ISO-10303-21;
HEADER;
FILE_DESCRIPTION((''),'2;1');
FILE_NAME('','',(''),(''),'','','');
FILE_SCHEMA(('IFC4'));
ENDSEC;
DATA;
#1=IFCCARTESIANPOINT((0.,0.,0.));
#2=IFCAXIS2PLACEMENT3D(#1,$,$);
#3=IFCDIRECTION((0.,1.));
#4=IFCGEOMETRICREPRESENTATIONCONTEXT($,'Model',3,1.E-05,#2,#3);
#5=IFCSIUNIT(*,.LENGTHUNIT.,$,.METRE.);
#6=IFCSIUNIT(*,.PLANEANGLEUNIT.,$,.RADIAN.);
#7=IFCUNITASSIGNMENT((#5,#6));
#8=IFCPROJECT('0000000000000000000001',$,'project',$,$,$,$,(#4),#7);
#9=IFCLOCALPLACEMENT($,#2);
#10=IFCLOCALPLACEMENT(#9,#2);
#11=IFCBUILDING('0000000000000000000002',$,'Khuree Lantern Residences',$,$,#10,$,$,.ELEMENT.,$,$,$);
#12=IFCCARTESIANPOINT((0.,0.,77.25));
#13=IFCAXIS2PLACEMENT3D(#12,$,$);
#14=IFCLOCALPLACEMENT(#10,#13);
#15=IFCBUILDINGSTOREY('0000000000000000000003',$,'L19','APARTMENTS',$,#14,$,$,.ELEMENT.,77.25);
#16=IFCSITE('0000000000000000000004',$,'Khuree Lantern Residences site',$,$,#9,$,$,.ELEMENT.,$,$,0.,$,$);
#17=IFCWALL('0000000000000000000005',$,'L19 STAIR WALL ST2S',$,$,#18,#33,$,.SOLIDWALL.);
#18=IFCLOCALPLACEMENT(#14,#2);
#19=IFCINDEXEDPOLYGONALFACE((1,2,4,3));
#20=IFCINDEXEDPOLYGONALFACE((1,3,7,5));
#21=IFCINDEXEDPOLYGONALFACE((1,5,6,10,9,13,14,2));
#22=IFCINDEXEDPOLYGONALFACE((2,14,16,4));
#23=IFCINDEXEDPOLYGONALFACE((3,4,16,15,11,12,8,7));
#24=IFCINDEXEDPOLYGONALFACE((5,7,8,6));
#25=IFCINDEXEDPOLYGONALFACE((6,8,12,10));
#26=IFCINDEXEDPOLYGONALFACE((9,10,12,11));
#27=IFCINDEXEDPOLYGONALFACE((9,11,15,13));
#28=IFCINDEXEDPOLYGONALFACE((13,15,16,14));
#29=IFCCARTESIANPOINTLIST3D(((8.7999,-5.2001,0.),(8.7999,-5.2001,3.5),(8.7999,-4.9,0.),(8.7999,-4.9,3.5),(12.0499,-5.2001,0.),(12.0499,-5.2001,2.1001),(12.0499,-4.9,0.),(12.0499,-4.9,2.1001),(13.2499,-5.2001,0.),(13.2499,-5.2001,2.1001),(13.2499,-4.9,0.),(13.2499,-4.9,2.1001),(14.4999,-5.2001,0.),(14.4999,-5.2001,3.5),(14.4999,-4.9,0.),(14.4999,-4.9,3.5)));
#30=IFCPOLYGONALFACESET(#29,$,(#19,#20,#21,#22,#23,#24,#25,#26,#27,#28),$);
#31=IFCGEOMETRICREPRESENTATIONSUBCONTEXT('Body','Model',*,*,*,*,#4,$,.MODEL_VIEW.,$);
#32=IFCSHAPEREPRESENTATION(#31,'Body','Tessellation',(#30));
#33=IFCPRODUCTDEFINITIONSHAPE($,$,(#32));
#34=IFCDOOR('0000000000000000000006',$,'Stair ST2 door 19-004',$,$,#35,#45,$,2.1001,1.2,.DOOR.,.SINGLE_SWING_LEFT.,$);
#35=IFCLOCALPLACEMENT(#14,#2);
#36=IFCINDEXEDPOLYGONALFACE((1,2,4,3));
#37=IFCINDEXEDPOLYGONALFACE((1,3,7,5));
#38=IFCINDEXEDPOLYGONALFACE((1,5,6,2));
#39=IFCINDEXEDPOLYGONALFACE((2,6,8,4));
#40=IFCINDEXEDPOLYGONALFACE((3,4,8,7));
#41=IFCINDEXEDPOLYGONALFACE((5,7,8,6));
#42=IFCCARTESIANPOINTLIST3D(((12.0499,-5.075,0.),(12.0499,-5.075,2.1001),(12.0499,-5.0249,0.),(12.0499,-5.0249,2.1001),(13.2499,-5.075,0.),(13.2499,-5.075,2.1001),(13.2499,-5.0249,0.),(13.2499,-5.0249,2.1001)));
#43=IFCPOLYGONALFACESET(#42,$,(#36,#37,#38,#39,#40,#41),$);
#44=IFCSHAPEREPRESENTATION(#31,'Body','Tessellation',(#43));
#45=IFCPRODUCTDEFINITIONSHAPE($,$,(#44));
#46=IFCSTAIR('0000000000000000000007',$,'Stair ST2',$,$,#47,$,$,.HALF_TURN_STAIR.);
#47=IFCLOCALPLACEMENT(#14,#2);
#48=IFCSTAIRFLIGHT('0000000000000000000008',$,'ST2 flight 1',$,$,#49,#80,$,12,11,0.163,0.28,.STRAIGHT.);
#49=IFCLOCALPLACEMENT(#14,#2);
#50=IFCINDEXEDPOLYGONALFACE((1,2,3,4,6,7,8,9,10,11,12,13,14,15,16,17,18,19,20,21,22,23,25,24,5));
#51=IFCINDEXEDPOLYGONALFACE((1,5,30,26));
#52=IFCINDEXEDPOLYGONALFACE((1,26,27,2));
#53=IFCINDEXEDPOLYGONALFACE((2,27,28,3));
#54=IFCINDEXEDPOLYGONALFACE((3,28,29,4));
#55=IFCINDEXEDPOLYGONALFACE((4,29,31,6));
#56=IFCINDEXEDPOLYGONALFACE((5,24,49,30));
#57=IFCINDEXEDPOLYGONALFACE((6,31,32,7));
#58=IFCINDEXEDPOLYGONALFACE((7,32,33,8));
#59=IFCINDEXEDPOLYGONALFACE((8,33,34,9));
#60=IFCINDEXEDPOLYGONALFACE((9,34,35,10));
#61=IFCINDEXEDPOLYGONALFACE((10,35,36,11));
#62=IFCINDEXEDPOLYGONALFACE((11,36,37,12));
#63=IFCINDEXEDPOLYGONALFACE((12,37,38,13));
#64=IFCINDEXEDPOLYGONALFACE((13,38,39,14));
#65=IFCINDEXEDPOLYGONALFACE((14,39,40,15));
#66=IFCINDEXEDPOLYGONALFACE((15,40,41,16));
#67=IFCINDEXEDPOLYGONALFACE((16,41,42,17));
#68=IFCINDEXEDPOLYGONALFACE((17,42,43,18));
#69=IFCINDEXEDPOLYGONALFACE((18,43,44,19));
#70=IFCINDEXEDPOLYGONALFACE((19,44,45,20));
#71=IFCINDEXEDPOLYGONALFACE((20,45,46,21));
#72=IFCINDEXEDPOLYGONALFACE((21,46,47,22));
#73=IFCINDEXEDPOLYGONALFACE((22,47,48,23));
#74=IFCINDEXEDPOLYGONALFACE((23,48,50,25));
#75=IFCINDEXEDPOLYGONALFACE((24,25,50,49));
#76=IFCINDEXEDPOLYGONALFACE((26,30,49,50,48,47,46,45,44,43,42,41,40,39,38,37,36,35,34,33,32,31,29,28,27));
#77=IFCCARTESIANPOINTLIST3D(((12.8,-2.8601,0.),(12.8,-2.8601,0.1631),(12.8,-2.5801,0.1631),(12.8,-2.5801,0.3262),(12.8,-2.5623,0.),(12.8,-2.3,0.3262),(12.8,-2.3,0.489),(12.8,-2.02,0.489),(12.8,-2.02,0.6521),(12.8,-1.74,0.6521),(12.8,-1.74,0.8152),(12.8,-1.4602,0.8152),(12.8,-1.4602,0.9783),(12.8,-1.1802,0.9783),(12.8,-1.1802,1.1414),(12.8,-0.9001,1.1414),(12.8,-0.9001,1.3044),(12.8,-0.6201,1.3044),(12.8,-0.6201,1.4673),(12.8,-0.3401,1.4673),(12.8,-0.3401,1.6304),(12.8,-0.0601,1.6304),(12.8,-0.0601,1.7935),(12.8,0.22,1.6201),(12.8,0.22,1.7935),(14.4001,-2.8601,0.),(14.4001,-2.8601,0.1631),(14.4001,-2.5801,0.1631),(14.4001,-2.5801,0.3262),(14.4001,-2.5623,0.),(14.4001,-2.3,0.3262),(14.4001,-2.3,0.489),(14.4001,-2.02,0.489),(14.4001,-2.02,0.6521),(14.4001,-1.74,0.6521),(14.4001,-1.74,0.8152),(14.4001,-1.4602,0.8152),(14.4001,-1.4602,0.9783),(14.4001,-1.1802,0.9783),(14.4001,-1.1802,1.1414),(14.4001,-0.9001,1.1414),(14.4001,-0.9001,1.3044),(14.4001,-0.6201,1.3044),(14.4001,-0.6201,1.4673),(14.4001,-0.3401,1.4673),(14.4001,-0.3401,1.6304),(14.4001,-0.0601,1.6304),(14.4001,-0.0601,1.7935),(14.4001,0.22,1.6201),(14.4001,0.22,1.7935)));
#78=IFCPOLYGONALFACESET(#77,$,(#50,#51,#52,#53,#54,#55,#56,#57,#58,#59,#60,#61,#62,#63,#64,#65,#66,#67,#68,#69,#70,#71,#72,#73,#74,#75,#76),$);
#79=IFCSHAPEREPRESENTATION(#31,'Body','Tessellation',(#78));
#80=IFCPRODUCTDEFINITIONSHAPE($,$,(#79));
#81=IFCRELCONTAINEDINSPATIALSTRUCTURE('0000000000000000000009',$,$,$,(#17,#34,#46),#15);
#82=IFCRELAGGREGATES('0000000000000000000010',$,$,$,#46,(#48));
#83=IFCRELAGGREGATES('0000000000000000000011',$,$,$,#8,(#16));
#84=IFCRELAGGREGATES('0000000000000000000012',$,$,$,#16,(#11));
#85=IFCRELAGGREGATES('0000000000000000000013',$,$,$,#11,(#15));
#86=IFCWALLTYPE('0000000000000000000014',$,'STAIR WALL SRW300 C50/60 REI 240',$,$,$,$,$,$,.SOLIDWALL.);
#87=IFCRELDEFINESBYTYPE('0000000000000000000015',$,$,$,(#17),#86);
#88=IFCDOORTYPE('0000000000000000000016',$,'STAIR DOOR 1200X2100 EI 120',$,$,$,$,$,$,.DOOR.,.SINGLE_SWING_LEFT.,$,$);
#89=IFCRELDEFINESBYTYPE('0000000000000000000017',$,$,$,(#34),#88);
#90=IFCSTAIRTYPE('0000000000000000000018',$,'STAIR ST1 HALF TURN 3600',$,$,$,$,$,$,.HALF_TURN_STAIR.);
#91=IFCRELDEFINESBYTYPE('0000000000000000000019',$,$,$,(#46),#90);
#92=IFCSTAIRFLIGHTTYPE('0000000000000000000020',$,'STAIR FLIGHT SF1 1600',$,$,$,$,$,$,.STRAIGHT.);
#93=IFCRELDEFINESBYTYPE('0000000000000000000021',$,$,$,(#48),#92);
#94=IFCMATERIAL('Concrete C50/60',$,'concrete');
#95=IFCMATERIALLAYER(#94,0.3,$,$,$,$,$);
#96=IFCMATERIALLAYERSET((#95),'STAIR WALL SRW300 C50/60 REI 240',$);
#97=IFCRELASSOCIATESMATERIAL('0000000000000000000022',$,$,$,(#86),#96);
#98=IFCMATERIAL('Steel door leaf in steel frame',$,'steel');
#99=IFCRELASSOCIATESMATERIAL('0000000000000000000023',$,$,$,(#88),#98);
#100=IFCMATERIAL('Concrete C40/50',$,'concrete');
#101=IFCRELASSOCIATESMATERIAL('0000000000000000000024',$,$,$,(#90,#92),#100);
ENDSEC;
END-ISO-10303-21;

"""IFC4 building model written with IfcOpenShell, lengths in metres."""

from ifc_helpers import new_model, si_unit, direction, frame, frame_2d, origin, place, context, subcontext, project, spatial, polyline, rectangle, outline, extrude, material, layer, layer_set, type_object, element, fill, aggregate, save


model = new_model("IFC4")

# Units and contexts
model_context = context("Model", 3, precision=1e-05, world=origin(), true_north=direction((0.0, 1.0)))
body_context = subcontext(model_context, "Body", "Model", "MODEL_VIEW")
ifc_project = project(units=[si_unit("LENGTHUNIT", "METRE"), si_unit("PLANEANGLEUNIT", "RADIAN")], contexts=[model_context])

# Site, building, storey
site_placement = place(None, origin())
site = spatial("IfcSite", under=ifc_project, at=site_placement, Name="Khuree Lantern Residences site", CompositionType="ELEMENT", RefElevation=0.0)
building_placement = place(site_placement, origin())
building = spatial("IfcBuilding", under=site, at=building_placement, Name="Khuree Lantern Residences", CompositionType="ELEMENT")
storey_placement = place(building_placement, frame((0.0, 0.0, 77.25)))
storey = spatial("IfcBuildingStorey", under=building, at=storey_placement, Name="L19", Description="APARTMENTS", CompositionType="ELEMENT", Elevation=77.25)

# Shared definitions
ifc_material_1 = material(Name="Steel door leaf in steel frame", Category="steel")

# Shared definitions
ifc_material_2 = material(Name="Concrete C50/60", Category="concrete")
ifc_layer_1 = layer(ifc_material_2, 0.3)
ifc_layer_set_1 = layer_set([ifc_layer_1], Name="STAIR WALL SRW300 C50/60 REI 240")
wall_type_1 = type_object("IfcWallType", Name="STAIR WALL SRW300 C50/60 REI 240", PredefinedType="SOLIDWALL", material=ifc_layer_set_1)

# Wall, opening, door
wall_1_placement = place(storey_placement, frame((14.5, -5.05, 0.0), z_axis=(0.0, 0.0, 1.0), x_axis=(-1.0, 0.0, 0.0)))
wall_1 = element("IfcWall", 1, at=wall_1_placement, inside=storey, type_object=wall_type_1, Name="L19 STAIR WALL ST2S", PredefinedType="SOLIDWALL", context=body_context, shape_type="SweptSolid", body=[
    extrude(rectangle(XDim=5.7, YDim=0.3, at=frame_2d((2.8501, 0.0))), origin(), (0.0, 0.0, 1.0), 3.5),
])
opening_1_placement = place(wall_1_placement, frame((1.25, 0.0, 0.0)))
opening_1 = element("IfcOpeningElement", 2, at=opening_1_placement, cuts=wall_1, PredefinedType="OPENING", context=body_context, shape_type="SweptSolid", body=[
    extrude(rectangle(XDim=1.2, YDim=2.1001, at=frame_2d((0.6001, 1.05))), frame((0.0, 0.1602, 0.0), z_axis=(0.0, -1.0, 0.0), x_axis=(1.0, 0.0, 0.0)), (0.0, 0.0, 1.0), 0.3201),
])
door_type_1 = type_object("IfcDoorType", Name="STAIR DOOR 1200X2100 EI 120", OperationType="SINGLE_SWING_LEFT", PredefinedType="DOOR", material=ifc_material_1)
door_1_placement = place(opening_1_placement, origin())
door_1 = element("IfcDoor", 3, at=door_1_placement, inside=storey, type_object=door_type_1, Name="Stair ST2 door 19-004", OperationType="SINGLE_SWING_LEFT", OverallHeight=2.1001, OverallWidth=1.2, PredefinedType="DOOR", context=body_context, shape_type="SweptSolid", body=[
    extrude(rectangle(XDim=1.2, YDim=2.1001, at=frame_2d((0.6001, 1.05))), frame((0.0, 0.0249, 0.0), z_axis=(0.0, -1.0, 0.0), x_axis=(1.0, 0.0, 0.0)), (0.0, 0.0, 1.0), 0.05),
])
fill(opening_1, door_1)

# Stair, stair flight
ifc_material_3 = material(Name="Concrete C40/50", Category="concrete")
stair_type = type_object("IfcStairType", Name="STAIR ST1 HALF TURN 3600", PredefinedType="HALF_TURN_STAIR", material=ifc_material_3)
stair_placement = place(storey_placement, origin())
stair = element("IfcStair", 4, at=stair_placement, inside=storey, type_object=stair_type, Name="Stair ST2", PredefinedType="HALF_TURN_STAIR")
stair_flight_type = type_object("IfcStairFlightType", Name="STAIR FLIGHT SF1 1600", PredefinedType="STRAIGHT", material=ifc_material_3)
stair_flight_placement = place(storey_placement, frame((13.6001, -2.8601, 0.0), z_axis=(0.0, 0.0, 1.0), x_axis=(0.0, 1.0, 0.0)))
stair_flight = element("IfcStairFlight", 5, at=stair_flight_placement, type_object=stair_flight_type, Name="ST2 flight 1", NumberOfRisers=12, NumberOfTreads=11, PredefinedType="STRAIGHT", RiserHeight=0.163, TreadLength=0.28, context=body_context, shape_type="SweptSolid", body=[
    extrude(outline(polyline([(0.0, 0.0), (0.0, 0.1631), (0.28, 0.1631), (0.28, 0.3262), (0.5601, 0.3262), (0.5601, 0.489), (0.8401, 0.489), (0.8401, 0.6521), (1.1201, 0.6521), (1.1201, 0.8152), (1.3999, 0.8152), (1.3999, 0.9783), (1.6799, 0.9783), (1.6799, 1.1414), (1.96, 1.1414), (1.96, 1.3044), (2.24, 1.3044), (2.24, 1.4673), (2.52, 1.4673), (2.52, 1.6304), (2.8, 1.6304), (2.8, 1.7935), (3.0801, 1.7935), (3.0801, 1.9565), (3.0801, 1.6201), (0.2979, 0.0), (0.0, 0.0)])), frame((0.0, 0.8, 0.0), z_axis=(0.0, -1.0, 0.0), x_axis=(1.0, 0.0, 0.0)), (0.0, 0.0, 1.0), 1.6001),
])
aggregate(stair, [stair_flight])

save(model, "model.ifc")
